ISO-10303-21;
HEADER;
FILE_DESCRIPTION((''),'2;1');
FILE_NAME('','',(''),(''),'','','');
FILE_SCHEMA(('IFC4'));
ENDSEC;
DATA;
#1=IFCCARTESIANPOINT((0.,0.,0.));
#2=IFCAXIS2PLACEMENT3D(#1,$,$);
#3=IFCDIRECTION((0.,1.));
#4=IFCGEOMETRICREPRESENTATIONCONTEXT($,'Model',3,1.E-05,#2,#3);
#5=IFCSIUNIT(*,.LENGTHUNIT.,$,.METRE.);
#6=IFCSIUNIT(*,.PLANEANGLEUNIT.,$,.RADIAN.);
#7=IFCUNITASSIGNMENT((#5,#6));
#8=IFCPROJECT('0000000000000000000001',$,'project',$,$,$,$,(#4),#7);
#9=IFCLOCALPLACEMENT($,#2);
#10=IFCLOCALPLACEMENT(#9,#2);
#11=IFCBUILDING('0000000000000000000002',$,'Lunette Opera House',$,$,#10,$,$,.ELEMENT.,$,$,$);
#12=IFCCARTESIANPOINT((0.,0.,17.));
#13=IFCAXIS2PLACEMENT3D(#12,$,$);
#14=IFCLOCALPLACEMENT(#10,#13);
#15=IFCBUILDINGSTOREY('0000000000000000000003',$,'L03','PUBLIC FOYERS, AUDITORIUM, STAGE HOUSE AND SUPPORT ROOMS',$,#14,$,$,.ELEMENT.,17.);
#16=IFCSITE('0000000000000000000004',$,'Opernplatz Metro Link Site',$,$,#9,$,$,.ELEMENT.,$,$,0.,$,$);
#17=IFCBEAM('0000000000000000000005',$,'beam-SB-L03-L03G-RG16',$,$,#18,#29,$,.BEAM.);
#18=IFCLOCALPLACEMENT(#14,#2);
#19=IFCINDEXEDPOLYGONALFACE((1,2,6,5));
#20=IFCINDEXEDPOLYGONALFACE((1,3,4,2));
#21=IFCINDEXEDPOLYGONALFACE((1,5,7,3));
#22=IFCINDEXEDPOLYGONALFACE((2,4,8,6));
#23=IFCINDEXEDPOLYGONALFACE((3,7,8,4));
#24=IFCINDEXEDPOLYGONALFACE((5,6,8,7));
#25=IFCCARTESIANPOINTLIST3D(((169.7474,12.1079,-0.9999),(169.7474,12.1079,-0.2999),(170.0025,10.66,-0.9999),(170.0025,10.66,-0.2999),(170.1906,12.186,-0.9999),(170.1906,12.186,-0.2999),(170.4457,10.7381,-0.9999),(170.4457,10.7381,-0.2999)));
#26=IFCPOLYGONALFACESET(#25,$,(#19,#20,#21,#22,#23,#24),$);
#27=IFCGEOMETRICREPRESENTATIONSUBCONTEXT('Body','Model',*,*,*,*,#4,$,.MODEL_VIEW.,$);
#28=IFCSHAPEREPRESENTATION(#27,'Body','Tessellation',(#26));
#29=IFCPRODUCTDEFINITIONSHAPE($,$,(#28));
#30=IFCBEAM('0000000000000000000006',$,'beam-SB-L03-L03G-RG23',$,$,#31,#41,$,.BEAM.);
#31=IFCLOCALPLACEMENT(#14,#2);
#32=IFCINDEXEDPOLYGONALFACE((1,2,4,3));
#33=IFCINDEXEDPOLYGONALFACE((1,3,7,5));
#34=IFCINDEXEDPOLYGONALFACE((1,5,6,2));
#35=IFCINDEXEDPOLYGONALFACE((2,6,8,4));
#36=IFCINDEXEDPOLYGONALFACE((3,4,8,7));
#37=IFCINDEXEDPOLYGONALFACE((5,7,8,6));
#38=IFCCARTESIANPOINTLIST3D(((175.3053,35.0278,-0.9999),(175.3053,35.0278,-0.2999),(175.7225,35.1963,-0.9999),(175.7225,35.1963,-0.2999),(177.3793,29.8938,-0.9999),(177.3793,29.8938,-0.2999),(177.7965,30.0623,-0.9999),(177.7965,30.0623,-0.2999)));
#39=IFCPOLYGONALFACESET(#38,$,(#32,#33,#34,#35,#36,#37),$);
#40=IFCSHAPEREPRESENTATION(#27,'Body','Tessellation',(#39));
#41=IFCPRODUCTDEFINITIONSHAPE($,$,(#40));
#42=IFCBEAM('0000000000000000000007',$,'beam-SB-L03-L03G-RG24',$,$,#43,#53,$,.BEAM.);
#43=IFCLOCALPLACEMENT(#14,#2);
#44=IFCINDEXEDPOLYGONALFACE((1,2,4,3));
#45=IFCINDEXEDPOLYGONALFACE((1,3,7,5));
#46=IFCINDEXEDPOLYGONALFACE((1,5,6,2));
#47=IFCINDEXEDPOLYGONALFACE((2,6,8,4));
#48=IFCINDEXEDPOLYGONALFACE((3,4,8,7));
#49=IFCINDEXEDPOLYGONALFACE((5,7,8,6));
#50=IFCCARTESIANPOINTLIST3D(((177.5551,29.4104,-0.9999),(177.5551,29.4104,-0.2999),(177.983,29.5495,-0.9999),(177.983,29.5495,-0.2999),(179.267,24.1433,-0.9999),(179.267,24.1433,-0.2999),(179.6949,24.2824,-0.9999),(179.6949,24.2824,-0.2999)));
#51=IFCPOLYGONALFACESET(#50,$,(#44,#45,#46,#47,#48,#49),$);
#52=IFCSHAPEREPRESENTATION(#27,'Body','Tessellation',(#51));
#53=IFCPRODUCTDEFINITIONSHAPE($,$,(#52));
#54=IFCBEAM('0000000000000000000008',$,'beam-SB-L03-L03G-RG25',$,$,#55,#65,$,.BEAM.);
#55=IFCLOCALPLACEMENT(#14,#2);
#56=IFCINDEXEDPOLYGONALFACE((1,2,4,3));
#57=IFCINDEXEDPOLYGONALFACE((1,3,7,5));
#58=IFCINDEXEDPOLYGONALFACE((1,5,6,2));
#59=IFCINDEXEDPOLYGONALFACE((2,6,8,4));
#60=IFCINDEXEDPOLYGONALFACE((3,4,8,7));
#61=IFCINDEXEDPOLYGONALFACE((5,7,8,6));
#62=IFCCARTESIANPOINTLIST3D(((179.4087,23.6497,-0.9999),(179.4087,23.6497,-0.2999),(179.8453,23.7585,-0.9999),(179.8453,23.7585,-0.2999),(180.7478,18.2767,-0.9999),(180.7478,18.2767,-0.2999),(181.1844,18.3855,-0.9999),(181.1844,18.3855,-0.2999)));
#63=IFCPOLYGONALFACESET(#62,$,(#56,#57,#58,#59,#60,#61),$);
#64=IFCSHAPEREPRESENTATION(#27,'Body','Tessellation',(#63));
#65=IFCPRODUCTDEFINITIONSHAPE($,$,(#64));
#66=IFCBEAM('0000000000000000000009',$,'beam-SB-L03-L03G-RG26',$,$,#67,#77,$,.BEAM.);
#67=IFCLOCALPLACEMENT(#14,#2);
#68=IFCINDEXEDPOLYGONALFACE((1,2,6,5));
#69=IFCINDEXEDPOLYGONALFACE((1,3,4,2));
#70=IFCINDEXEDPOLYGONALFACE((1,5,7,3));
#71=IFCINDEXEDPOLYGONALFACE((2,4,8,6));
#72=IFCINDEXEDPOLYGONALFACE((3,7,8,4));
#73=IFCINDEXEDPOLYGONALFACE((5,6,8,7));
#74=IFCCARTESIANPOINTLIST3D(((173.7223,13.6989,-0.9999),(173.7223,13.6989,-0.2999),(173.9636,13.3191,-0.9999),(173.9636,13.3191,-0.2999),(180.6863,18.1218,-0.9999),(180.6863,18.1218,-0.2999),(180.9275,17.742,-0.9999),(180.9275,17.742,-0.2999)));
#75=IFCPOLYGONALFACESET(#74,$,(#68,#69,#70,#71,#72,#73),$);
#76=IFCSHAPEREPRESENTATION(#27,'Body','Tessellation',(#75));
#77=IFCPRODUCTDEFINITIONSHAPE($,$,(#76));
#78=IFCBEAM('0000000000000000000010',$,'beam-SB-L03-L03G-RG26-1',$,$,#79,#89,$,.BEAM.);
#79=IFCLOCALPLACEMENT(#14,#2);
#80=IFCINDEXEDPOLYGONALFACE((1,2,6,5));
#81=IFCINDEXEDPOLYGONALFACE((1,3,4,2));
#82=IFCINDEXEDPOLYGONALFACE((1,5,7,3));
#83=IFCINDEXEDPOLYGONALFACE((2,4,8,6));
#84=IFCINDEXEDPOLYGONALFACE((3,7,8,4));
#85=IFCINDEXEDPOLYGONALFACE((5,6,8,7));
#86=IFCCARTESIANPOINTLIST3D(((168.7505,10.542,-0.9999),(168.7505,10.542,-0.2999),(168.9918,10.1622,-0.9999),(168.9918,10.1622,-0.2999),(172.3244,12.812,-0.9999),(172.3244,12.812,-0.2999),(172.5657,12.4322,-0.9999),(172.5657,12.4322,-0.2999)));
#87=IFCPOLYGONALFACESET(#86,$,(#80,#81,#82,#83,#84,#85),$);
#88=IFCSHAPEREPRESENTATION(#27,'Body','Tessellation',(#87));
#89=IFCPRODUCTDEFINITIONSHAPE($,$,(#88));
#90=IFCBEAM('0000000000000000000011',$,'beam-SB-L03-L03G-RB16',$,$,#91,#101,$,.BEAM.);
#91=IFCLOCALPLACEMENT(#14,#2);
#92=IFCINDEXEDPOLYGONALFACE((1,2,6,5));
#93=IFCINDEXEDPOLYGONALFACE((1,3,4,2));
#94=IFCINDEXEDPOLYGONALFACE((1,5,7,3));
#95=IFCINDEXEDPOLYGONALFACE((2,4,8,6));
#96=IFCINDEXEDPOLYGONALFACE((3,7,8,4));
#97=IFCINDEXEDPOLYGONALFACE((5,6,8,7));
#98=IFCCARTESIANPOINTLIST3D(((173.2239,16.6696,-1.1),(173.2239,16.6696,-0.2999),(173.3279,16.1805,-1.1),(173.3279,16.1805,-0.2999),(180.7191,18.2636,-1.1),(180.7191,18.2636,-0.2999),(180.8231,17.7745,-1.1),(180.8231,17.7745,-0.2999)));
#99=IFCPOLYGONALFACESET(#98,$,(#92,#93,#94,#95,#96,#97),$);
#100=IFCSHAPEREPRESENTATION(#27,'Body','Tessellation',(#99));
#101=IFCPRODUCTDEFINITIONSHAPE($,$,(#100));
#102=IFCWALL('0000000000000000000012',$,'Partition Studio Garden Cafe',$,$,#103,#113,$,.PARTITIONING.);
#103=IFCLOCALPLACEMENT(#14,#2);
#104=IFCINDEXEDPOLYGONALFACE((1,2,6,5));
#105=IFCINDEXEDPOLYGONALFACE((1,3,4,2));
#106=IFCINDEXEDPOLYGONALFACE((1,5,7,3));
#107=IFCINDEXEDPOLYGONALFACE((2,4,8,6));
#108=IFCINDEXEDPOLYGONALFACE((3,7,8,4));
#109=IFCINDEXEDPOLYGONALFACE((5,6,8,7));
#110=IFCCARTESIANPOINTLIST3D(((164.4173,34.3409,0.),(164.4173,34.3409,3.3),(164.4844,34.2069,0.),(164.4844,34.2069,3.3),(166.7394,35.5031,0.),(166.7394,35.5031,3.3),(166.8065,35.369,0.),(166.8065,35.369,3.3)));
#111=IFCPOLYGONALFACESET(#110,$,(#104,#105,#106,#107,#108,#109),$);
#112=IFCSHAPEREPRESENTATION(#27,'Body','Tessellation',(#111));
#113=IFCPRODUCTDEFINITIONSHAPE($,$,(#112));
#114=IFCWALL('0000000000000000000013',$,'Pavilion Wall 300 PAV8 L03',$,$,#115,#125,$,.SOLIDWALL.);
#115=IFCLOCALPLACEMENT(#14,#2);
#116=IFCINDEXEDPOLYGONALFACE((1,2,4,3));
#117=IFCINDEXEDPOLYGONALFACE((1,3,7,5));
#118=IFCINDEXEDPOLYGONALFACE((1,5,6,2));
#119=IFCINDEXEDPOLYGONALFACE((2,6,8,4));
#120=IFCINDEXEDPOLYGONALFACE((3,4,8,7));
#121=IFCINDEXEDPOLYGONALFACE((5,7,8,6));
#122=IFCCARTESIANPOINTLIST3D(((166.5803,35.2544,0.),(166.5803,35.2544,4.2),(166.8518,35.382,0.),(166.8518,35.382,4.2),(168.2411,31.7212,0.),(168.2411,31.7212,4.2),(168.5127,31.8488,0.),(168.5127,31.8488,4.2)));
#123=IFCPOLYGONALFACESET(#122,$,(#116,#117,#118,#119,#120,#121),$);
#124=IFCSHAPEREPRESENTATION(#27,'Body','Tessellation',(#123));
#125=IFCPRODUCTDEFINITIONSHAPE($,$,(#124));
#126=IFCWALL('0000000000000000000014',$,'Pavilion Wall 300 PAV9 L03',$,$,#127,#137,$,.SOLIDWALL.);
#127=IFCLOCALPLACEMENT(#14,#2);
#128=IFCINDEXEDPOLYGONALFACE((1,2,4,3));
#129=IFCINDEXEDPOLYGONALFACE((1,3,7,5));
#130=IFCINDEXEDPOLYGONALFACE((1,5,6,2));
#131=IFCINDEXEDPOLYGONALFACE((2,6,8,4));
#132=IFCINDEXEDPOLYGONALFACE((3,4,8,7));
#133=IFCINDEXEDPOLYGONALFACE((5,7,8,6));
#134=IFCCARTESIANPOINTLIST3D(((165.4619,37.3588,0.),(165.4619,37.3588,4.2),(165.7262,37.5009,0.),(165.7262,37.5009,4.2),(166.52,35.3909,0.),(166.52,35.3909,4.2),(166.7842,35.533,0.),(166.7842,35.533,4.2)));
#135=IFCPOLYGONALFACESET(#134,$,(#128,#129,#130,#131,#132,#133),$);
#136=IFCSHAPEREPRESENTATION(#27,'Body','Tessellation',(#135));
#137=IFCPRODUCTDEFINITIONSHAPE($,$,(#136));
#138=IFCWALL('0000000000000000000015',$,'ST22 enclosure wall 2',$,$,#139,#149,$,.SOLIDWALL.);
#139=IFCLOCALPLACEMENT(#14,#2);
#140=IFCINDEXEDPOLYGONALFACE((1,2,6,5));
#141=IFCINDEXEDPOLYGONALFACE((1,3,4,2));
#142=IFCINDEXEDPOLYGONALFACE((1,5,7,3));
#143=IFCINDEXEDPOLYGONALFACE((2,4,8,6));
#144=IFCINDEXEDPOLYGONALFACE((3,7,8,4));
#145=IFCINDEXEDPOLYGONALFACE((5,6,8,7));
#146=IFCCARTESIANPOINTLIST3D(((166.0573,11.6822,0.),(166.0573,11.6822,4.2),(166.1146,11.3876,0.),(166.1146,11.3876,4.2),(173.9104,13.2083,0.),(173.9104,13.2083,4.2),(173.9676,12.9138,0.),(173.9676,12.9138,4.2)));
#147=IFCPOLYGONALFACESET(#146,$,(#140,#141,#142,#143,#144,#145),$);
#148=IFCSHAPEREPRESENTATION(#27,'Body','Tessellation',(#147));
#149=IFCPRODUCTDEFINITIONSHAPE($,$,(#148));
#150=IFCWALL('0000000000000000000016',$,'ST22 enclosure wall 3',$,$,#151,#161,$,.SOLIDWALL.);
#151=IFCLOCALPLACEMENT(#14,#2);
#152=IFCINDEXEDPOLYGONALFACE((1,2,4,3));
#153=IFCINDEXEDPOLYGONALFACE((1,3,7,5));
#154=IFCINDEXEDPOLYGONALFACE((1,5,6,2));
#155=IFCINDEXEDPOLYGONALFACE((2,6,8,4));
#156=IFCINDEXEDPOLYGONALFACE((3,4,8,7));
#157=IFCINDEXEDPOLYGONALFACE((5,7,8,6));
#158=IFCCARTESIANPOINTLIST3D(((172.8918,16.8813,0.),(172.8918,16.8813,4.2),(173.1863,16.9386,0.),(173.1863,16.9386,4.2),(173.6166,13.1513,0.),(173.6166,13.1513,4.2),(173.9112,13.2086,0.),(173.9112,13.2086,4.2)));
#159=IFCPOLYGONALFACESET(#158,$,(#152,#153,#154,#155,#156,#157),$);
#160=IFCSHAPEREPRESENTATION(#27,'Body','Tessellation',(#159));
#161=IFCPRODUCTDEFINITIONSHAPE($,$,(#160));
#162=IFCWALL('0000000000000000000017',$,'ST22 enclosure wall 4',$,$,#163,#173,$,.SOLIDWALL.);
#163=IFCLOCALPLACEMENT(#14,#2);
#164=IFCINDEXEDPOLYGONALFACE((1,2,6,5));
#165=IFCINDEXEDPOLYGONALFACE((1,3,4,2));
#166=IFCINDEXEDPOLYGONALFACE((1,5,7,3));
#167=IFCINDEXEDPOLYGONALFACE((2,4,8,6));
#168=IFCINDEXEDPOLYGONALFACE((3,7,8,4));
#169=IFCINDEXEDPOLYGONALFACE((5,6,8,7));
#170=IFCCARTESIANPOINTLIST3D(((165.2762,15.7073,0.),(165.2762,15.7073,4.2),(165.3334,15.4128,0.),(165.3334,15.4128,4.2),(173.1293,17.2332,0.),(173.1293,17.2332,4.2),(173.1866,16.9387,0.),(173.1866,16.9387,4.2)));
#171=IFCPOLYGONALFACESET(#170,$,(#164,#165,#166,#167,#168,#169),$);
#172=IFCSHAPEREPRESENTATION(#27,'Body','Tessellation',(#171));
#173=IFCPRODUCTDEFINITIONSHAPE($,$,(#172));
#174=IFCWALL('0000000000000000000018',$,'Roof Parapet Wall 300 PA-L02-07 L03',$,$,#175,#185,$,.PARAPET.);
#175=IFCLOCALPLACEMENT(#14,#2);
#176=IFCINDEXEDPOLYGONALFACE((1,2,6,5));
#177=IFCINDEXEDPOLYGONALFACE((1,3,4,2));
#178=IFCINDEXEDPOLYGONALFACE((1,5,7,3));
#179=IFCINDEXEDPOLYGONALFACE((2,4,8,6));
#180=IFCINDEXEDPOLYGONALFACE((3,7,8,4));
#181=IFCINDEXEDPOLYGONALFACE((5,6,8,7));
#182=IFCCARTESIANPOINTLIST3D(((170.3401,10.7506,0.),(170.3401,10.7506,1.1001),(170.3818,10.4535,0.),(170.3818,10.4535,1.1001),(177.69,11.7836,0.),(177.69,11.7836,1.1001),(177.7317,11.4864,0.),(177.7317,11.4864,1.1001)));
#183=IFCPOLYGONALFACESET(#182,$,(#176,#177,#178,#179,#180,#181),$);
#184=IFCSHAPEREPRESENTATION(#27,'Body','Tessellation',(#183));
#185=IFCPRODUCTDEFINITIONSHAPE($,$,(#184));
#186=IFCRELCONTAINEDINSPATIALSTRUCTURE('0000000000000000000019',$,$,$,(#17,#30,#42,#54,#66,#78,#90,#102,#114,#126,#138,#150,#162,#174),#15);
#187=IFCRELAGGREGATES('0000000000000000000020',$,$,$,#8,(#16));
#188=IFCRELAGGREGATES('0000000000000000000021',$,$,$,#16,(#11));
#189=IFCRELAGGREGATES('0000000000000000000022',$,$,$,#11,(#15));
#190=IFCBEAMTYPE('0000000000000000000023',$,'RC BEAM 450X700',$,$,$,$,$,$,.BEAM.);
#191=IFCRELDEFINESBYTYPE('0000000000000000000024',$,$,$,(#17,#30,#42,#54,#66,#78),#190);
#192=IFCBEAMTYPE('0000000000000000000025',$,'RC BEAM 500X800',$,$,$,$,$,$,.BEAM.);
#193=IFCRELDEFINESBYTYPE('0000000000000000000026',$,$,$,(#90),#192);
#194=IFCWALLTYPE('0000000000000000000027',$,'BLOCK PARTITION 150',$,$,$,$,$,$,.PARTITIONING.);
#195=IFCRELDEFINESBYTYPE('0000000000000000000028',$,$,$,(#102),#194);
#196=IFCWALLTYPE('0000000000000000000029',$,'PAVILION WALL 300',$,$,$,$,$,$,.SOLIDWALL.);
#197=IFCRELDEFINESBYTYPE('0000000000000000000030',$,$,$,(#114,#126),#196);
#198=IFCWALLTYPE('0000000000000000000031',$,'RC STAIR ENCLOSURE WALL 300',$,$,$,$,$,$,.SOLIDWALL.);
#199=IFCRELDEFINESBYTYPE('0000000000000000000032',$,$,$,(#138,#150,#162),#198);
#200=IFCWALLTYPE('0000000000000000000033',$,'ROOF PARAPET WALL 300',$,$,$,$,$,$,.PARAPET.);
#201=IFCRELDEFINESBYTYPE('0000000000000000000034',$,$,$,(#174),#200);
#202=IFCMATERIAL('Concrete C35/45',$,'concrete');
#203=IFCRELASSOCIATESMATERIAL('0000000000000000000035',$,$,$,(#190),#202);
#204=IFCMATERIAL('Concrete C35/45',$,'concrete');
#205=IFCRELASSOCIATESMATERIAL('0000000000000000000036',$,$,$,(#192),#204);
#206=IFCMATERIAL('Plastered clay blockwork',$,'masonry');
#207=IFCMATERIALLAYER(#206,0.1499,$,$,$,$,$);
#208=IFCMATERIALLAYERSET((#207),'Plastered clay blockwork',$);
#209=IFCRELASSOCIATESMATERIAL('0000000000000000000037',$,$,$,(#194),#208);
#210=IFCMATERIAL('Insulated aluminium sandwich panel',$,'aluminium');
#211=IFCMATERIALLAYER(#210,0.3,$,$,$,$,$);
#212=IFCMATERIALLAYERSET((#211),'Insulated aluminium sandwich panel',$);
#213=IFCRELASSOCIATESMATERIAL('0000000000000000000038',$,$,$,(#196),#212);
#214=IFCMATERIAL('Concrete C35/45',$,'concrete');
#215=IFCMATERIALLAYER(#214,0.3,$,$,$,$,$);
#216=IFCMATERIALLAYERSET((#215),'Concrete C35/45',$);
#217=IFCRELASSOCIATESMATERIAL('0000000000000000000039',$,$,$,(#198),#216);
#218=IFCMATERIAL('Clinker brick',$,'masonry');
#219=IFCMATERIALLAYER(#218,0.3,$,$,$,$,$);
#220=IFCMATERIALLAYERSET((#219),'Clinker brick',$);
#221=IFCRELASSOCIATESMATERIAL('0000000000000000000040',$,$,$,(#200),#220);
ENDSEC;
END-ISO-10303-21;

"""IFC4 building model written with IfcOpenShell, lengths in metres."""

from ifc_helpers import new_model, si_unit, direction, frame, frame_2d, origin, origin_2d, place, context, subcontext, project, spatial, rectangle, extrude, material, layer, layer_set, material_profile, profile_set, type_object, element, save


model = new_model("IFC4")

# Units and contexts
model_context = context("Model", 3, precision=1e-05, world=origin(), true_north=direction((0.0, 1.0)))
body_context = subcontext(model_context, "Body", "Model", "MODEL_VIEW")
ifc_project = project(units=[si_unit("LENGTHUNIT", "METRE"), si_unit("PLANEANGLEUNIT", "RADIAN")], contexts=[model_context])

# Site, building, storey
site_placement = place(None, origin())
site = spatial("IfcSite", under=ifc_project, at=site_placement, Name="Opernplatz Metro Link Site", CompositionType="ELEMENT", RefElevation=0.0)
building_placement = place(site_placement, origin())
building = spatial("IfcBuilding", under=site, at=building_placement, Name="Lunette Opera House", CompositionType="ELEMENT")
storey_placement = place(building_placement, frame((0.0, 0.0, 17.0)))
storey = spatial("IfcBuildingStorey", under=building, at=storey_placement, Name="L03", Description="PUBLIC FOYERS, AUDITORIUM, STAGE HOUSE AND SUPPORT ROOMS", CompositionType="ELEMENT", Elevation=17.0)

# Beams
ifc_material_1 = material(Name="Concrete C35/45", Category="concrete")
ifc_material_profile_1 = material_profile(ifc_material_1, rectangle(XDim=0.45, YDim=0.7, at=origin_2d()), Name="RC BEAM 450X700")
ifc_profile_set_1 = profile_set([ifc_material_profile_1], Name="Concrete C35/45")
beam_type_1 = type_object("IfcBeamType", Name="RC BEAM 450X700", PredefinedType="BEAM", material=ifc_profile_set_1)
beam_1_placement = place(storey_placement, frame((169.969, 12.147, -0.6499), z_axis=(0.17352, -0.98483, 0.0), x_axis=(0.98483, 0.17352, 0.0)))
element("IfcBeam", 1, at=beam_1_placement, inside=storey, type_object=beam_type_1, Name="beam-SB-L03-L03G-RG16", PredefinedType="BEAM", context=body_context, shape_type="SweptSolid", body=[
    extrude(rectangle(XDim=0.45, YDim=0.7, at=origin_2d()), origin(), (0.0, 0.0, 1.0), 1.4702),
])
beam_2_placement = place(storey_placement, frame((175.5139, 35.1121, -0.6499), z_axis=(0.374559, -0.927203, 0.0), x_axis=(0.927203, 0.374559, 0.0)))
element("IfcBeam", 2, at=beam_2_placement, inside=storey, type_object=beam_type_1, Name="beam-SB-L03-L03G-RG23", PredefinedType="BEAM", context=body_context, shape_type="SweptSolid", body=[
    extrude(rectangle(XDim=0.45, YDim=0.7, at=origin_2d()), origin(), (0.0, 0.0, 1.0), 5.5371),
])
beam_3_placement = place(storey_placement, frame((177.769, 29.48, -0.6499), z_axis=(0.309104, -0.951028, 0.0), x_axis=(0.951028, 0.309104, 0.0)))
element("IfcBeam", 3, at=beam_3_placement, inside=storey, type_object=beam_type_1, Name="beam-SB-L03-L03G-RG24", PredefinedType="BEAM", context=body_context, shape_type="SweptSolid", body=[
    extrude(rectangle(XDim=0.45, YDim=0.7, at=origin_2d()), origin(), (0.0, 0.0, 1.0), 5.5383),
])
beam_4_placement = place(storey_placement, frame((179.627, 23.7041, -0.6499), z_axis=(0.24183, -0.970319, 0.0), x_axis=(0.970319, 0.24183, 0.0)))
element("IfcBeam", 4, at=beam_4_placement, inside=storey, type_object=beam_type_1, Name="beam-SB-L03-L03G-RG25", PredefinedType="BEAM", context=body_context, shape_type="SweptSolid", body=[
    extrude(rectangle(XDim=0.45, YDim=0.7, at=origin_2d()), origin(), (0.0, 0.0, 1.0), 5.5374),
])
beam_5_placement = place(storey_placement, frame((180.8069, 17.9319, -0.6499), z_axis=(-0.844139, -0.536125, 0.0), x_axis=(0.536125, -0.844139, 0.0)))
element("IfcBeam", 5, at=beam_5_placement, inside=storey, type_object=beam_type_1, Name="beam-SB-L03-L03G-RG26", PredefinedType="BEAM", context=body_context, shape_type="SweptSolid", body=[
    extrude(rectangle(XDim=0.45, YDim=0.7, at=origin_2d()), origin(), (0.0, 0.0, 1.0), 8.2498),
])
beam_6_placement = place(storey_placement, frame((172.4451, 12.6221, -0.6499), z_axis=(-0.844124, -0.536148, 0.0), x_axis=(0.536148, -0.844124, 0.0)))
element("IfcBeam", 6, at=beam_6_placement, inside=storey, type_object=beam_type_1, Name="beam-SB-L03-L03G-RG26-1", PredefinedType="BEAM", context=body_context, shape_type="SweptSolid", body=[
    extrude(rectangle(XDim=0.45, YDim=0.7, at=origin_2d()), origin(), (0.0, 0.0, 1.0), 4.2339),
])
ifc_material_2 = material(Name="Concrete C35/45", Category="concrete")
ifc_material_profile_2 = material_profile(ifc_material_2, rectangle(XDim=0.5, YDim=0.8, at=origin_2d()), Name="RC BEAM 500X800")
ifc_profile_set_2 = profile_set([ifc_material_profile_2], Name="Concrete C35/45")
beam_type_2 = type_object("IfcBeamType", Name="RC BEAM 500X800", PredefinedType="BEAM", material=ifc_profile_set_2)
beam_7_placement = place(storey_placement, frame((173.2759, 16.425, -0.7), z_axis=(0.978125, 0.208019, 0.0), x_axis=(-0.208019, 0.978125, 0.0)))
element("IfcBeam", 7, at=beam_7_placement, inside=storey, type_object=beam_type_2, Name="beam-SB-L03-L03G-RB16", PredefinedType="BEAM", context=body_context, shape_type="SweptSolid", body=[
    extrude(rectangle(XDim=0.5, YDim=0.8, at=origin_2d()), origin(), (0.0, 0.0, 1.0), 7.6628),
])

# Walls
ifc_material_3 = material(Name="Plastered clay blockwork", Category="masonry")
ifc_layer_1 = layer(ifc_material_3, 0.1499)
ifc_layer_set_1 = layer_set([ifc_layer_1], Name="Plastered clay blockwork")
wall_type_1 = type_object("IfcWallType", Name="BLOCK PARTITION 150", PredefinedType="PARTITIONING", material=ifc_layer_set_1)
wall_1_placement = place(storey_placement, frame((166.7729, 35.436, 0.0), z_axis=(0.0, 0.0, 1.0), x_axis=(-0.894258, -0.447552, 0.0)))
element("IfcWall", 8, at=wall_1_placement, inside=storey, type_object=wall_type_1, Name="Partition Studio Garden Cafe", PredefinedType="PARTITIONING", context=body_context, shape_type="SweptSolid", body=[
    extrude(rectangle(XDim=2.5967, YDim=0.1499, at=frame_2d((1.2983, 0.0))), origin(), (0.0, 0.0, 1.0), 3.3),
])
ifc_material_4 = material(Name="Insulated aluminium sandwich panel", Category="aluminium")
ifc_layer_2 = layer(ifc_material_4, 0.3)
ifc_layer_set_2 = layer_set([ifc_layer_2], Name="Insulated aluminium sandwich panel")
wall_type_2 = type_object("IfcWallType", Name="PAVILION WALL 300", PredefinedType="SOLIDWALL", material=ifc_layer_set_2)
wall_2_placement = place(storey_placement, frame((168.377, 31.7849, 0.0), z_axis=(0.0, 0.0, 1.0), x_axis=(-0.425421, 0.904996, 0.0)))
element("IfcWall", 9, at=wall_2_placement, inside=storey, type_object=wall_type_2, Name="Pavilion Wall 300 PAV8 L03", PredefinedType="SOLIDWALL", context=body_context, shape_type="SweptSolid", body=[
    extrude(rectangle(XDim=3.9041, YDim=0.3, at=frame_2d((1.9521, 0.0))), origin(), (0.0, 0.0, 1.0), 4.2),
])
wall_3_placement = place(storey_placement, frame((166.6521, 35.4619, 0.0), z_axis=(0.0, 0.0, 1.0), x_axis=(-0.473546, 0.880769, 0.0)))
element("IfcWall", 10, at=wall_3_placement, inside=storey, type_object=wall_type_2, Name="Pavilion Wall 300 PAV9 L03", PredefinedType="SOLIDWALL", context=body_context, shape_type="SweptSolid", body=[
    extrude(rectangle(XDim=2.2344, YDim=0.3, at=frame_2d((1.1172, 0.0))), origin(), (0.0, 0.0, 1.0), 4.2),
])
ifc_material_5 = material(Name="Concrete C35/45", Category="concrete")
ifc_layer_3 = layer(ifc_material_5, 0.3)
ifc_layer_set_3 = layer_set([ifc_layer_3], Name="Concrete C35/45")
wall_type_3 = type_object("IfcWallType", Name="RC STAIR ENCLOSURE WALL 300", PredefinedType="SOLIDWALL", material=ifc_layer_set_3)
wall_4_placement = place(storey_placement, frame((166.0859, 11.5349, 0.0), z_axis=(0.0, 0.0, 1.0), x_axis=(0.981635, 0.190767, 0.0)))
element("IfcWall", 11, at=wall_4_placement, inside=storey, type_object=wall_type_3, Name="ST22 enclosure wall 2", PredefinedType="SOLIDWALL", context=body_context, shape_type="SweptSolid", body=[
    extrude(rectangle(XDim=8.0, YDim=0.3, at=frame_2d((4.0, 0.0))), origin(), (0.0, 0.0, 1.0), 4.2),
])
wall_5_placement = place(storey_placement, frame((173.7639, 13.1799, 0.0), z_axis=(0.0, 0.0, 1.0), x_axis=(-0.190763, 0.981636, 0.0)))
element("IfcWall", 12, at=wall_5_placement, inside=storey, type_object=wall_type_3, Name="ST22 enclosure wall 3", PredefinedType="SOLIDWALL", context=body_context, shape_type="SweptSolid", body=[
    extrude(rectangle(XDim=3.7998, YDim=0.3, at=frame_2d((1.8999, 0.0))), origin(), (0.0, 0.0, 1.0), 4.2),
])
wall_6_placement = place(storey_placement, frame((173.158, 17.0859, 0.0), z_axis=(0.0, 0.0, 1.0), x_axis=(-0.981641, -0.190737, 0.0)))
element("IfcWall", 13, at=wall_6_placement, inside=storey, type_object=wall_type_3, Name="ST22 enclosure wall 4", PredefinedType="SOLIDWALL", context=body_context, shape_type="SweptSolid", body=[
    extrude(rectangle(XDim=8.0, YDim=0.3, at=frame_2d((4.0, 0.0))), origin(), (0.0, 0.0, 1.0), 4.2),
])
ifc_material_6 = material(Name="Clinker brick", Category="masonry")
ifc_layer_4 = layer(ifc_material_6, 0.3)
ifc_layer_set_4 = layer_set([ifc_layer_4], Name="Clinker brick")
wall_type_4 = type_object("IfcWallType", Name="ROOF PARAPET WALL 300", PredefinedType="PARAPET", material=ifc_layer_set_4)
wall_7_placement = place(storey_placement, frame((170.3611, 10.6021, 0.0), z_axis=(0.0, 0.0, 1.0), x_axis=(0.990268, 0.139174, 0.0)))
element("IfcWall", 14, at=wall_7_placement, inside=storey, type_object=wall_type_4, Name="Roof Parapet Wall 300 PA-L02-07 L03", PredefinedType="PARAPET", context=body_context, shape_type="SweptSolid", body=[
    extrude(rectangle(XDim=7.4221, YDim=0.3, at=frame_2d((3.7109, 0.0))), origin(), (0.0, 0.0, 1.0), 1.1001),
])

save(model, "model.ifc")
